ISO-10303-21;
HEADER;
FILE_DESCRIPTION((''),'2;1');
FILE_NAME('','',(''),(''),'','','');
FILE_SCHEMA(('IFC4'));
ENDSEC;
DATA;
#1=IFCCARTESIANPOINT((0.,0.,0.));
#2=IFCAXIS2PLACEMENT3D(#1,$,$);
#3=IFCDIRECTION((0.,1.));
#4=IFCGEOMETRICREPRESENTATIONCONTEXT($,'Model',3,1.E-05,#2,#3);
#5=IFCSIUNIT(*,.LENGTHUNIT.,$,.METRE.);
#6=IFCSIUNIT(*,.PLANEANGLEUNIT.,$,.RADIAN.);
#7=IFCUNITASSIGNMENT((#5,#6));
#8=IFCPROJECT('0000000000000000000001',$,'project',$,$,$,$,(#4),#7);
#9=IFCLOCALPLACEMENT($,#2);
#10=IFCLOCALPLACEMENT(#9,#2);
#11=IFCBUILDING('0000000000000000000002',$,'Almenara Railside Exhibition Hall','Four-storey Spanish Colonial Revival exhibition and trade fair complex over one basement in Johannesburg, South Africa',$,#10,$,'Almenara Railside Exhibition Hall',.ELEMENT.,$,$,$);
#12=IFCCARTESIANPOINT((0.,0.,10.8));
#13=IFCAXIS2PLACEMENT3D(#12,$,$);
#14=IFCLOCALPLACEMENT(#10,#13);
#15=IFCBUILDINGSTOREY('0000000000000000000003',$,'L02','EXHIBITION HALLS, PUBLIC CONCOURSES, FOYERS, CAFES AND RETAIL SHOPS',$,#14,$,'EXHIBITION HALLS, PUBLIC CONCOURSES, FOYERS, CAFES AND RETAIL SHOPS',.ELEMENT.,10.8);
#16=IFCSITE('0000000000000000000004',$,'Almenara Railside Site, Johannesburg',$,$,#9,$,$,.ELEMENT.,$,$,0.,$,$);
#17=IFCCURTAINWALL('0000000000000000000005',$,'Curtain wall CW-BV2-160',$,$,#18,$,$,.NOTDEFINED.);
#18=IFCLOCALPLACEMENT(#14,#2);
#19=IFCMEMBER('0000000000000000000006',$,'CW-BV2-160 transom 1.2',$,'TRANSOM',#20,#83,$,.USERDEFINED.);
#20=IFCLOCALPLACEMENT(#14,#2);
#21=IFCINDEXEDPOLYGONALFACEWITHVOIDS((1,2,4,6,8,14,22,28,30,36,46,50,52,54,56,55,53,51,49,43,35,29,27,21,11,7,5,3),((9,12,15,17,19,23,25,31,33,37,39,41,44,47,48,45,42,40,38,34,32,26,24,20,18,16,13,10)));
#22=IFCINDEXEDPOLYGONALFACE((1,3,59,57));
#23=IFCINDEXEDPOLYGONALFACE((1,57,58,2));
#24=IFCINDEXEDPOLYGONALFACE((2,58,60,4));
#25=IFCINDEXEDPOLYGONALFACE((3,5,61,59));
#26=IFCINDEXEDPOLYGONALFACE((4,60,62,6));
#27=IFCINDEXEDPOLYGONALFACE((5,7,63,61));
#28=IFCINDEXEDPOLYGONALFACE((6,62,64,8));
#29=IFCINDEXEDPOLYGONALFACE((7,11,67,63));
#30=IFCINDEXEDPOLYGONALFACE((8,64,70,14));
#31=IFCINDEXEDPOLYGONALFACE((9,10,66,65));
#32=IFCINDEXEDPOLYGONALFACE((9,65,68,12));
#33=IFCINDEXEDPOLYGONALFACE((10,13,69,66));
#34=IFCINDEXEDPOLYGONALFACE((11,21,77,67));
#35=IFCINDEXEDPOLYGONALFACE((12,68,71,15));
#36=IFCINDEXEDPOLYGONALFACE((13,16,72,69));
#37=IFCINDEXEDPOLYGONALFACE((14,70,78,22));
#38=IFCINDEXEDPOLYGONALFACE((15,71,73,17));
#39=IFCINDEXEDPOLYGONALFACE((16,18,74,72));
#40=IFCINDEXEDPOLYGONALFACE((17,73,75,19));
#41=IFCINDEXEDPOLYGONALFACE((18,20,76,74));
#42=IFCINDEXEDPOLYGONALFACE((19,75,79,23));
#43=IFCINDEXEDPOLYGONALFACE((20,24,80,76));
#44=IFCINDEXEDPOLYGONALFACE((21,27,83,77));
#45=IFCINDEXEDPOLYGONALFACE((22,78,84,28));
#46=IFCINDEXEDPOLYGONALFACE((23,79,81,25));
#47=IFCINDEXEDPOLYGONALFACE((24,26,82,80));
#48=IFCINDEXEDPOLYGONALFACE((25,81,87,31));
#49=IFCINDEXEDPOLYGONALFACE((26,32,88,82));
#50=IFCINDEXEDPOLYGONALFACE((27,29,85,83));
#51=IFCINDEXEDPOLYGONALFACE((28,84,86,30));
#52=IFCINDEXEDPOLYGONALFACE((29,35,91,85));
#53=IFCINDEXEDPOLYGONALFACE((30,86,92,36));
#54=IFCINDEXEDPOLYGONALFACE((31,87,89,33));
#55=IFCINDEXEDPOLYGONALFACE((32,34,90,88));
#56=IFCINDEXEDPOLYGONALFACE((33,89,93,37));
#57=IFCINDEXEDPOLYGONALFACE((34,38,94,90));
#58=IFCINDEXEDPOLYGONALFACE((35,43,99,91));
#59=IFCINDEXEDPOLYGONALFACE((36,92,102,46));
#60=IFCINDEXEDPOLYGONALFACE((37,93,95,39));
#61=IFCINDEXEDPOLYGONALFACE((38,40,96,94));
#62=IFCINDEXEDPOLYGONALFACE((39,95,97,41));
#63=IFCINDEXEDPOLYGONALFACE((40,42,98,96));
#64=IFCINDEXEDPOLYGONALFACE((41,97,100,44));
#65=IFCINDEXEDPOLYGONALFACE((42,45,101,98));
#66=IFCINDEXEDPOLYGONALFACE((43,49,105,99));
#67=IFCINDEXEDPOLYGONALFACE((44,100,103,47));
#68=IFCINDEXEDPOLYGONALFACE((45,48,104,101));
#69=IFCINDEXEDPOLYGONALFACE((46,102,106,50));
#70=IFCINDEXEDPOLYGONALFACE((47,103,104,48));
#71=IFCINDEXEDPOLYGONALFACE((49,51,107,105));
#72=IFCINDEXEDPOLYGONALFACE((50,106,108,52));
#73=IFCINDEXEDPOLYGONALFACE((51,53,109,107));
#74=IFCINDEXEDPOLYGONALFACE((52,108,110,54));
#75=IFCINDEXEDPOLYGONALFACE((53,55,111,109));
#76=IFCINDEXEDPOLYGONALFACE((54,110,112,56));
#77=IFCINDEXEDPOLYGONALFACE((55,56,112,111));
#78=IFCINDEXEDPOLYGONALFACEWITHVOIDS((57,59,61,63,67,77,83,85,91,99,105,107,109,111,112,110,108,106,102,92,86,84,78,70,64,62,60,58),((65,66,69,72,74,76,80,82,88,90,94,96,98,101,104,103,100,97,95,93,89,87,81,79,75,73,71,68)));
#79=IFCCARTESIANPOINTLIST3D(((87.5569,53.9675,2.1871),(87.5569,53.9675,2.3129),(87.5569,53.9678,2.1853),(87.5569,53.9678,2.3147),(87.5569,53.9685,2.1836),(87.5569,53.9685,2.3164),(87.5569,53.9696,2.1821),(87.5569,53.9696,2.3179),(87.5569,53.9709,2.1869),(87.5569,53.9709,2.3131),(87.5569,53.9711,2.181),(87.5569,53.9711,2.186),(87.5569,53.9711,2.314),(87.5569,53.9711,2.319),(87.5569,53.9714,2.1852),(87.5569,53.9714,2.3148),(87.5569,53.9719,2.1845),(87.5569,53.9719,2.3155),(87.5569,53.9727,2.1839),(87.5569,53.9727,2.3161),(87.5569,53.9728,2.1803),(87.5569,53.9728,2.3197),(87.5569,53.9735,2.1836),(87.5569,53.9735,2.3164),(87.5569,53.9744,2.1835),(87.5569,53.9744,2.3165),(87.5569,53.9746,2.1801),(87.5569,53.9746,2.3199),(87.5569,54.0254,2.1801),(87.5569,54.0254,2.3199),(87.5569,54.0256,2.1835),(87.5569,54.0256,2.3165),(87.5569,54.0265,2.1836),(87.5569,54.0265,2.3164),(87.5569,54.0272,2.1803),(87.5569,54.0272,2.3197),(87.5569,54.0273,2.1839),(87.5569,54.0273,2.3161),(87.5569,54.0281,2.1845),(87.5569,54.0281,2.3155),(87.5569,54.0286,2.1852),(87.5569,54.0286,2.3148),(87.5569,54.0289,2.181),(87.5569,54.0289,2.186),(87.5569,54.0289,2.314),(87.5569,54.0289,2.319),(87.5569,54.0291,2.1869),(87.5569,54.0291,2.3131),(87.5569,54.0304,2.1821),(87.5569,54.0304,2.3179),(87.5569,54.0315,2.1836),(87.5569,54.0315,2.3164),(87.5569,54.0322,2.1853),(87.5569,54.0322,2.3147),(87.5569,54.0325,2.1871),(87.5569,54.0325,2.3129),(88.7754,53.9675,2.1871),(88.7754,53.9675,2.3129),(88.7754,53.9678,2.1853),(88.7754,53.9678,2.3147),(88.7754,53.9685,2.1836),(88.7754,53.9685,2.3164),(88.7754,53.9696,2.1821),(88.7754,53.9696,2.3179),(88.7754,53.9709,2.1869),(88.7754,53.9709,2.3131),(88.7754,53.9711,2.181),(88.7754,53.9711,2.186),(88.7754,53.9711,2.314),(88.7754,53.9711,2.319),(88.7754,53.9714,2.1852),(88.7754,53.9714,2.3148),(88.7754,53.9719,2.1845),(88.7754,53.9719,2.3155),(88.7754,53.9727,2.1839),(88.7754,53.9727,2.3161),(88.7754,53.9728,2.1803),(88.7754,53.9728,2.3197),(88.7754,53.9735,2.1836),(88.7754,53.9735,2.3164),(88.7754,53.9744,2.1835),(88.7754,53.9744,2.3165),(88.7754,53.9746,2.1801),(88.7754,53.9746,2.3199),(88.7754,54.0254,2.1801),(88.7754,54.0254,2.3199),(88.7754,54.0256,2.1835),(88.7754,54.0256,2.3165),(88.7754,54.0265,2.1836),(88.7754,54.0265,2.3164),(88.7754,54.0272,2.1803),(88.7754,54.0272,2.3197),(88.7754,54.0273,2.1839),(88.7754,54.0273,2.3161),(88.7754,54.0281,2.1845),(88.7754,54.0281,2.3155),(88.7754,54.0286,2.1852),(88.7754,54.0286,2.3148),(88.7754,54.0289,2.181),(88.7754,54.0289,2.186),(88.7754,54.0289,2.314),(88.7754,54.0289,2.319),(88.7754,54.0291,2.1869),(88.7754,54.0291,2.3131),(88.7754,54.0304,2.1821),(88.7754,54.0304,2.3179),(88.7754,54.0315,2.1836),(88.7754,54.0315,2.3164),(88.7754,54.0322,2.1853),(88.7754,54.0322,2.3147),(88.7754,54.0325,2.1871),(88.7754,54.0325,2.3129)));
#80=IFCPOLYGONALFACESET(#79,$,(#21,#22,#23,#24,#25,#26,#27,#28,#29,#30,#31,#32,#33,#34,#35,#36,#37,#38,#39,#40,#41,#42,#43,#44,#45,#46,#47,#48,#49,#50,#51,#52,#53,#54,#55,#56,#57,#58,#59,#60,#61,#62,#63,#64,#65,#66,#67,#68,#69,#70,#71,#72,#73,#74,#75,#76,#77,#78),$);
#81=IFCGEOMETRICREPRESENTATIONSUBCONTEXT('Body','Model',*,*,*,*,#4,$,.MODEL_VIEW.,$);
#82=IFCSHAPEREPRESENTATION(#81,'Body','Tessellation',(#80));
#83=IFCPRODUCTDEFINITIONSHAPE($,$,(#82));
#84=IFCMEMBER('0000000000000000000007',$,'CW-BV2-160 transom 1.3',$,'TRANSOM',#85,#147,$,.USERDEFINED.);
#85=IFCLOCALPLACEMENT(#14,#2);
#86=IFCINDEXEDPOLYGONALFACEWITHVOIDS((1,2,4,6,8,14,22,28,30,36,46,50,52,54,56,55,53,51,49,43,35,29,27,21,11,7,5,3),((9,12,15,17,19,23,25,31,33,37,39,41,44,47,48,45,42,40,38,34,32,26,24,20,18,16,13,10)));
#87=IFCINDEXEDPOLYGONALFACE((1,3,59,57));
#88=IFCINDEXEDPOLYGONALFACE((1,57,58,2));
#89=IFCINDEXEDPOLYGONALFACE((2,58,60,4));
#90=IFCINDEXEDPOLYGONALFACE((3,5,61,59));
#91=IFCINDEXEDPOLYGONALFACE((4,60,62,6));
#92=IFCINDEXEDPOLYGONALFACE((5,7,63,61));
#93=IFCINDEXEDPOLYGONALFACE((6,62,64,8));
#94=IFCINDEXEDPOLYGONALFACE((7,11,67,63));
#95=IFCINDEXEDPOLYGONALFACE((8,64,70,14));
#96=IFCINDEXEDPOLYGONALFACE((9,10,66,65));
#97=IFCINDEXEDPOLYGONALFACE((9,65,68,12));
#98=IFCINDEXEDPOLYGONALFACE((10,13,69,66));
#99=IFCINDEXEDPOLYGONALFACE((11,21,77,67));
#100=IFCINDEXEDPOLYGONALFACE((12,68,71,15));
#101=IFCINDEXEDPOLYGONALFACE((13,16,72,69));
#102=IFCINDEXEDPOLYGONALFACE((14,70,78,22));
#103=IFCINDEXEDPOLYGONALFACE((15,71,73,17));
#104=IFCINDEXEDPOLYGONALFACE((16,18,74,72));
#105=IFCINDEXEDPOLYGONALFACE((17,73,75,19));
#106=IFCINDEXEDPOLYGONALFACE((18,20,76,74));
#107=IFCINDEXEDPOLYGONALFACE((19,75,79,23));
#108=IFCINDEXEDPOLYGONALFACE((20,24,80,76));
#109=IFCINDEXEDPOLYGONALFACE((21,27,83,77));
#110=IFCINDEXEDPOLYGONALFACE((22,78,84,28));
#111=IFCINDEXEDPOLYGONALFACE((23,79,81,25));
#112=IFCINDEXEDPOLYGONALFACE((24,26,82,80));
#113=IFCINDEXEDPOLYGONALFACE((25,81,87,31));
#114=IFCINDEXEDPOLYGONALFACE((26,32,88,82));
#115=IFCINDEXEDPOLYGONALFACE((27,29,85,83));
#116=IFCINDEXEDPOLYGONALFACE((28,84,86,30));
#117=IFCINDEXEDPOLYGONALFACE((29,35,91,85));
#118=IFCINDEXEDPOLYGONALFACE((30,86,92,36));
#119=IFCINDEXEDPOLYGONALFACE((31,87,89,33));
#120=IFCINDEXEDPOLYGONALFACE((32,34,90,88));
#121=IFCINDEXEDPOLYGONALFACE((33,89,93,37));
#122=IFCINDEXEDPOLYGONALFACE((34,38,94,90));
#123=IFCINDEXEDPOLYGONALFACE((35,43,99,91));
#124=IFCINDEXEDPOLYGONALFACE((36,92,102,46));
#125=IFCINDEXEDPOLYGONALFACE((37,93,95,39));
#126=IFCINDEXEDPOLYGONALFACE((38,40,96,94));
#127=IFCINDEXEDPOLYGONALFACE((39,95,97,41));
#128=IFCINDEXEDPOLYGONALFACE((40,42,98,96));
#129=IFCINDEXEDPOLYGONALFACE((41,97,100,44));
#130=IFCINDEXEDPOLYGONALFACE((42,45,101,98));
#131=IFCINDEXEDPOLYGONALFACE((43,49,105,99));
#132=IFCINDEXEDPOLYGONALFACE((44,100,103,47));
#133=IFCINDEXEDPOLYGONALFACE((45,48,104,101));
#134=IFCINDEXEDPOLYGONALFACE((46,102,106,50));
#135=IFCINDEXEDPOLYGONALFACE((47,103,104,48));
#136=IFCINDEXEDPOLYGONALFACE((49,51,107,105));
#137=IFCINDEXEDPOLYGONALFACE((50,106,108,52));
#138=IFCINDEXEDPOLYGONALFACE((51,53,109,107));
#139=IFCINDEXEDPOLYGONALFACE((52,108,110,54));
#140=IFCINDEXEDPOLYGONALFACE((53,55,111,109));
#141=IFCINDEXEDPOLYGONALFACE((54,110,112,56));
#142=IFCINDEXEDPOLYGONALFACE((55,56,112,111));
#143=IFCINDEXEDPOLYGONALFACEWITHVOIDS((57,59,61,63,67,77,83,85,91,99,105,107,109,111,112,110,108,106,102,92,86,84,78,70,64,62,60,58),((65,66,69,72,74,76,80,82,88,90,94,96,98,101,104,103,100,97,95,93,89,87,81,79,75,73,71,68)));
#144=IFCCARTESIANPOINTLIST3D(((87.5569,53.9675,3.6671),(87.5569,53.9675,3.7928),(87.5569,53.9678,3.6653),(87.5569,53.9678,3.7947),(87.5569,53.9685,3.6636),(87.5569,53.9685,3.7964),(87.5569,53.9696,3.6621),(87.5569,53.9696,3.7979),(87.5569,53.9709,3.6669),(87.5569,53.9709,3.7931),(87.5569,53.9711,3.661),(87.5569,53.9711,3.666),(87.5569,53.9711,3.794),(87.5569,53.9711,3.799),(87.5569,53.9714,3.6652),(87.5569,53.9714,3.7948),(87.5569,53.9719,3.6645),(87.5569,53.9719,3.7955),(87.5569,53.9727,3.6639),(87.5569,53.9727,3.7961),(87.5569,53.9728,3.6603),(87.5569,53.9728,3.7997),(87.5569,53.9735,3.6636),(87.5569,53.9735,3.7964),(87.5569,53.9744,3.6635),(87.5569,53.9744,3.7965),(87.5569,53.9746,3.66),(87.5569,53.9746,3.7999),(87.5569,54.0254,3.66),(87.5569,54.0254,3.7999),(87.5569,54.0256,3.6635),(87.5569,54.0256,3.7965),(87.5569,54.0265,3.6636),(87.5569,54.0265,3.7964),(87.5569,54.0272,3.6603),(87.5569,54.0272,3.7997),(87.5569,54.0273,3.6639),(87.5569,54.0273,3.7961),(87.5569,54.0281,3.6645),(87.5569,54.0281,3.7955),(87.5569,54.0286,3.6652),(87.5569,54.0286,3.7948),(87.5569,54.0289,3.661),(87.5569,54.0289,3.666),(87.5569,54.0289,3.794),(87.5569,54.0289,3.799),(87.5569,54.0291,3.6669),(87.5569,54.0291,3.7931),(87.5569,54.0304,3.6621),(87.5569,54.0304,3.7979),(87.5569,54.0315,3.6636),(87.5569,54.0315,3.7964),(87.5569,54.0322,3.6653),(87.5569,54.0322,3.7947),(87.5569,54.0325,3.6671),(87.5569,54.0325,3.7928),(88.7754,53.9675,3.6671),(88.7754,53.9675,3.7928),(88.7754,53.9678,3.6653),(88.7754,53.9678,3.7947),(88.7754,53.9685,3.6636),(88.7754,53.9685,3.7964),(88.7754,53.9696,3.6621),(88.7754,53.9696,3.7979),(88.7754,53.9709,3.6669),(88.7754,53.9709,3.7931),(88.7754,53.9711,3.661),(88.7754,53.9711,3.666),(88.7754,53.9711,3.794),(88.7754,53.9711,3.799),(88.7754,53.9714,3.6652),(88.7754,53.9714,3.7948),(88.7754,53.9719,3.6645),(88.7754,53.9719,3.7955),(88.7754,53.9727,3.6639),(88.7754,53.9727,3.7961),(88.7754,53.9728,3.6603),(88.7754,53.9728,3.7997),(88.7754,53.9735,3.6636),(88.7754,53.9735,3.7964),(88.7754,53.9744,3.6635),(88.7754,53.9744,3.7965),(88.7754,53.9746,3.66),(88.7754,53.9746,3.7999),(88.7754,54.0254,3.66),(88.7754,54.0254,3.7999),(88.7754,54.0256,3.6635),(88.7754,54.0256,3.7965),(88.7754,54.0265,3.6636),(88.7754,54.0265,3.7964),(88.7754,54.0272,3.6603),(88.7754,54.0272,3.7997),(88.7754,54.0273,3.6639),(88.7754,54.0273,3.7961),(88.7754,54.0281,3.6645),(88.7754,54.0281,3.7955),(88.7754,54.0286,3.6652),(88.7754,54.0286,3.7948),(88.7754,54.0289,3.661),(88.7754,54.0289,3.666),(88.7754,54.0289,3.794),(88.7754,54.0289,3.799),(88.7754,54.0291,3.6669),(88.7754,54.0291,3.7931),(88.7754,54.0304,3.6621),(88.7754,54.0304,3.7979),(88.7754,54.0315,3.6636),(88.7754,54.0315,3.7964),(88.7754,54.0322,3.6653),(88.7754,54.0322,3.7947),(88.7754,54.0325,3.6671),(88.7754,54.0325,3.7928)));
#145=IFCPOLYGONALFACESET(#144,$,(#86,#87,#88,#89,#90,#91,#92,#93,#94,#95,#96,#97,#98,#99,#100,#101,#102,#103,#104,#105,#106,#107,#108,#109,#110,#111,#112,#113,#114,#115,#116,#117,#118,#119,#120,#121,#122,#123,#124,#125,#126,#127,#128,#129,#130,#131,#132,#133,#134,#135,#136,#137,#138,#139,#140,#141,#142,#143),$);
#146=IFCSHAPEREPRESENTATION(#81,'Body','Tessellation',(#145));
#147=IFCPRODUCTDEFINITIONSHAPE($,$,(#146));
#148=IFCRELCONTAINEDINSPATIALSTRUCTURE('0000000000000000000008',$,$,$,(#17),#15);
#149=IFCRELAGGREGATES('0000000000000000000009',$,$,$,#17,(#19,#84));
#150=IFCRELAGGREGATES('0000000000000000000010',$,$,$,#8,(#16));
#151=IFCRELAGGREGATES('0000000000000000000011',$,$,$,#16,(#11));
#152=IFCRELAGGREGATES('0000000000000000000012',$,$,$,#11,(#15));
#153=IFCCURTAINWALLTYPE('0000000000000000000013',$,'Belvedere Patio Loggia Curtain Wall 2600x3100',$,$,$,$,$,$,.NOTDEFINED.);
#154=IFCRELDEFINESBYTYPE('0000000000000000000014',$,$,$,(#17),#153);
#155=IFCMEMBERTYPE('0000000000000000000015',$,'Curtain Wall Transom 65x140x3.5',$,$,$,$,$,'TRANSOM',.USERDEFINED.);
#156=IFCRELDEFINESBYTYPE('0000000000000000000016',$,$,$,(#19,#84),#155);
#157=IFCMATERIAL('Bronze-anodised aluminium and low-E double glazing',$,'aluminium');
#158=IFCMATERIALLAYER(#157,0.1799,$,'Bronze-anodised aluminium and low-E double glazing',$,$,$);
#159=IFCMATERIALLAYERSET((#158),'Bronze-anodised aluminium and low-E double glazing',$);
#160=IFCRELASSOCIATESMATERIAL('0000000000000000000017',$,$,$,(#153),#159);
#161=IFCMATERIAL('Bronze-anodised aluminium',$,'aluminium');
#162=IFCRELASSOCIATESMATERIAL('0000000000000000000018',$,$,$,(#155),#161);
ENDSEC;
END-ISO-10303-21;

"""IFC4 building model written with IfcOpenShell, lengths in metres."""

from ifc_helpers import new_model, si_unit, direction, frame, origin, origin_2d, place, context, subcontext, project, spatial, hollow_rectangle, extrude, material, layer, layer_set, material_profile, profile_set, type_object, element, aggregate, save


model = new_model("IFC4")

# Units and contexts
model_context = context("Model", 3, precision=1e-05, world=origin(), true_north=direction((0.0, 1.0)))
body_context = subcontext(model_context, "Body", "Model", "MODEL_VIEW")
ifc_project = project(units=[si_unit("LENGTHUNIT", "METRE"), si_unit("PLANEANGLEUNIT", "RADIAN")], contexts=[model_context])

# Site, building, storey
site_placement = place(None, origin())
site = spatial("IfcSite", under=ifc_project, at=site_placement, Name="Almenara Railside Site, Johannesburg", CompositionType="ELEMENT", RefElevation=0.0)
building_placement = place(site_placement, origin())
building = spatial("IfcBuilding", under=site, at=building_placement, Name="Almenara Railside Exhibition Hall", Description="Four-storey Spanish Colonial Revival exhibition and trade fair complex over one basement in Johannesburg, South Africa", LongName="Almenara Railside Exhibition Hall", CompositionType="ELEMENT")
storey_placement = place(building_placement, frame((0.0, 0.0, 10.8)))
storey = spatial("IfcBuildingStorey", under=building, at=storey_placement, Name="L02", Description="EXHIBITION HALLS, PUBLIC CONCOURSES, FOYERS, CAFES AND RETAIL SHOPS", LongName="EXHIBITION HALLS, PUBLIC CONCOURSES, FOYERS, CAFES AND RETAIL SHOPS", CompositionType="ELEMENT", Elevation=10.8)

# Curtain wall
ifc_material_1 = material(Name="Bronze-anodised aluminium and low-E double glazing", Category="aluminium")
ifc_layer_1 = layer(ifc_material_1, 0.1799, Name="Bronze-anodised aluminium and low-E double glazing")
ifc_layer_set_1 = layer_set([ifc_layer_1], Name="Bronze-anodised aluminium and low-E double glazing")
curtain_wall_type_1 = type_object("IfcCurtainWallType", Name="Belvedere Patio Loggia Curtain Wall 2600x3100", PredefinedType="NOTDEFINED", material=ifc_layer_set_1)
curtain_wall_1_placement = place(storey_placement, origin())
curtain_wall_1 = element("IfcCurtainWall", 1, at=curtain_wall_1_placement, inside=storey, type_object=curtain_wall_type_1, Name="Curtain wall CW-BV2-160", PredefinedType="NOTDEFINED")
ifc_material_2 = material(Name="Bronze-anodised aluminium", Category="aluminium")

# Members
ifc_material_profile_1 = material_profile(ifc_material_2, hollow_rectangle(XDim=0.0649, YDim=0.1399, WallThickness=0.0034, InnerFilletRadius=0.0034, OuterFilletRadius=0.0071, at=origin_2d()), Name="ALU-TRN 65x140x3.5")
ifc_profile_set_1 = profile_set([ifc_material_profile_1], Name="Bronze-anodised aluminium")
member_type_1 = type_object("IfcMemberType", Name="Curtain Wall Transom 65x140x3.5", ElementType="TRANSOM", PredefinedType="USERDEFINED", material=ifc_profile_set_1)
member_1_placement = place(storey_placement, frame((87.5569, 54.0, 2.25), z_axis=(1.0, 0.0, 0.0), x_axis=(0.0, 1.0, 0.0)))
member_1 = element("IfcMember", 2, at=member_1_placement, type_object=member_type_1, Name="CW-BV2-160 transom 1.2", ObjectType="TRANSOM", PredefinedType="USERDEFINED", context=body_context, shape_type="SweptSolid", body=[
    extrude(hollow_rectangle(XDim=0.0649, YDim=0.1399, WallThickness=0.0034, InnerFilletRadius=0.0034, OuterFilletRadius=0.0071, at=origin_2d()), origin(), (0.0, 0.0, 1.0), 1.2185),
])
member_2_placement = place(storey_placement, frame((87.5569, 54.0, 3.73), z_axis=(1.0, 0.0, 0.0), x_axis=(0.0, 1.0, 0.0)))
member_2 = element("IfcMember", 3, at=member_2_placement, type_object=member_type_1, Name="CW-BV2-160 transom 1.3", ObjectType="TRANSOM", PredefinedType="USERDEFINED", context=body_context, shape_type="SweptSolid", body=[
    extrude(hollow_rectangle(XDim=0.0649, YDim=0.1399, WallThickness=0.0034, InnerFilletRadius=0.0034, OuterFilletRadius=0.0071, at=origin_2d()), origin(), (0.0, 0.0, 1.0), 1.2185),
])

aggregate(curtain_wall_1, [member_1, member_2])

save(model, "model.ifc")
